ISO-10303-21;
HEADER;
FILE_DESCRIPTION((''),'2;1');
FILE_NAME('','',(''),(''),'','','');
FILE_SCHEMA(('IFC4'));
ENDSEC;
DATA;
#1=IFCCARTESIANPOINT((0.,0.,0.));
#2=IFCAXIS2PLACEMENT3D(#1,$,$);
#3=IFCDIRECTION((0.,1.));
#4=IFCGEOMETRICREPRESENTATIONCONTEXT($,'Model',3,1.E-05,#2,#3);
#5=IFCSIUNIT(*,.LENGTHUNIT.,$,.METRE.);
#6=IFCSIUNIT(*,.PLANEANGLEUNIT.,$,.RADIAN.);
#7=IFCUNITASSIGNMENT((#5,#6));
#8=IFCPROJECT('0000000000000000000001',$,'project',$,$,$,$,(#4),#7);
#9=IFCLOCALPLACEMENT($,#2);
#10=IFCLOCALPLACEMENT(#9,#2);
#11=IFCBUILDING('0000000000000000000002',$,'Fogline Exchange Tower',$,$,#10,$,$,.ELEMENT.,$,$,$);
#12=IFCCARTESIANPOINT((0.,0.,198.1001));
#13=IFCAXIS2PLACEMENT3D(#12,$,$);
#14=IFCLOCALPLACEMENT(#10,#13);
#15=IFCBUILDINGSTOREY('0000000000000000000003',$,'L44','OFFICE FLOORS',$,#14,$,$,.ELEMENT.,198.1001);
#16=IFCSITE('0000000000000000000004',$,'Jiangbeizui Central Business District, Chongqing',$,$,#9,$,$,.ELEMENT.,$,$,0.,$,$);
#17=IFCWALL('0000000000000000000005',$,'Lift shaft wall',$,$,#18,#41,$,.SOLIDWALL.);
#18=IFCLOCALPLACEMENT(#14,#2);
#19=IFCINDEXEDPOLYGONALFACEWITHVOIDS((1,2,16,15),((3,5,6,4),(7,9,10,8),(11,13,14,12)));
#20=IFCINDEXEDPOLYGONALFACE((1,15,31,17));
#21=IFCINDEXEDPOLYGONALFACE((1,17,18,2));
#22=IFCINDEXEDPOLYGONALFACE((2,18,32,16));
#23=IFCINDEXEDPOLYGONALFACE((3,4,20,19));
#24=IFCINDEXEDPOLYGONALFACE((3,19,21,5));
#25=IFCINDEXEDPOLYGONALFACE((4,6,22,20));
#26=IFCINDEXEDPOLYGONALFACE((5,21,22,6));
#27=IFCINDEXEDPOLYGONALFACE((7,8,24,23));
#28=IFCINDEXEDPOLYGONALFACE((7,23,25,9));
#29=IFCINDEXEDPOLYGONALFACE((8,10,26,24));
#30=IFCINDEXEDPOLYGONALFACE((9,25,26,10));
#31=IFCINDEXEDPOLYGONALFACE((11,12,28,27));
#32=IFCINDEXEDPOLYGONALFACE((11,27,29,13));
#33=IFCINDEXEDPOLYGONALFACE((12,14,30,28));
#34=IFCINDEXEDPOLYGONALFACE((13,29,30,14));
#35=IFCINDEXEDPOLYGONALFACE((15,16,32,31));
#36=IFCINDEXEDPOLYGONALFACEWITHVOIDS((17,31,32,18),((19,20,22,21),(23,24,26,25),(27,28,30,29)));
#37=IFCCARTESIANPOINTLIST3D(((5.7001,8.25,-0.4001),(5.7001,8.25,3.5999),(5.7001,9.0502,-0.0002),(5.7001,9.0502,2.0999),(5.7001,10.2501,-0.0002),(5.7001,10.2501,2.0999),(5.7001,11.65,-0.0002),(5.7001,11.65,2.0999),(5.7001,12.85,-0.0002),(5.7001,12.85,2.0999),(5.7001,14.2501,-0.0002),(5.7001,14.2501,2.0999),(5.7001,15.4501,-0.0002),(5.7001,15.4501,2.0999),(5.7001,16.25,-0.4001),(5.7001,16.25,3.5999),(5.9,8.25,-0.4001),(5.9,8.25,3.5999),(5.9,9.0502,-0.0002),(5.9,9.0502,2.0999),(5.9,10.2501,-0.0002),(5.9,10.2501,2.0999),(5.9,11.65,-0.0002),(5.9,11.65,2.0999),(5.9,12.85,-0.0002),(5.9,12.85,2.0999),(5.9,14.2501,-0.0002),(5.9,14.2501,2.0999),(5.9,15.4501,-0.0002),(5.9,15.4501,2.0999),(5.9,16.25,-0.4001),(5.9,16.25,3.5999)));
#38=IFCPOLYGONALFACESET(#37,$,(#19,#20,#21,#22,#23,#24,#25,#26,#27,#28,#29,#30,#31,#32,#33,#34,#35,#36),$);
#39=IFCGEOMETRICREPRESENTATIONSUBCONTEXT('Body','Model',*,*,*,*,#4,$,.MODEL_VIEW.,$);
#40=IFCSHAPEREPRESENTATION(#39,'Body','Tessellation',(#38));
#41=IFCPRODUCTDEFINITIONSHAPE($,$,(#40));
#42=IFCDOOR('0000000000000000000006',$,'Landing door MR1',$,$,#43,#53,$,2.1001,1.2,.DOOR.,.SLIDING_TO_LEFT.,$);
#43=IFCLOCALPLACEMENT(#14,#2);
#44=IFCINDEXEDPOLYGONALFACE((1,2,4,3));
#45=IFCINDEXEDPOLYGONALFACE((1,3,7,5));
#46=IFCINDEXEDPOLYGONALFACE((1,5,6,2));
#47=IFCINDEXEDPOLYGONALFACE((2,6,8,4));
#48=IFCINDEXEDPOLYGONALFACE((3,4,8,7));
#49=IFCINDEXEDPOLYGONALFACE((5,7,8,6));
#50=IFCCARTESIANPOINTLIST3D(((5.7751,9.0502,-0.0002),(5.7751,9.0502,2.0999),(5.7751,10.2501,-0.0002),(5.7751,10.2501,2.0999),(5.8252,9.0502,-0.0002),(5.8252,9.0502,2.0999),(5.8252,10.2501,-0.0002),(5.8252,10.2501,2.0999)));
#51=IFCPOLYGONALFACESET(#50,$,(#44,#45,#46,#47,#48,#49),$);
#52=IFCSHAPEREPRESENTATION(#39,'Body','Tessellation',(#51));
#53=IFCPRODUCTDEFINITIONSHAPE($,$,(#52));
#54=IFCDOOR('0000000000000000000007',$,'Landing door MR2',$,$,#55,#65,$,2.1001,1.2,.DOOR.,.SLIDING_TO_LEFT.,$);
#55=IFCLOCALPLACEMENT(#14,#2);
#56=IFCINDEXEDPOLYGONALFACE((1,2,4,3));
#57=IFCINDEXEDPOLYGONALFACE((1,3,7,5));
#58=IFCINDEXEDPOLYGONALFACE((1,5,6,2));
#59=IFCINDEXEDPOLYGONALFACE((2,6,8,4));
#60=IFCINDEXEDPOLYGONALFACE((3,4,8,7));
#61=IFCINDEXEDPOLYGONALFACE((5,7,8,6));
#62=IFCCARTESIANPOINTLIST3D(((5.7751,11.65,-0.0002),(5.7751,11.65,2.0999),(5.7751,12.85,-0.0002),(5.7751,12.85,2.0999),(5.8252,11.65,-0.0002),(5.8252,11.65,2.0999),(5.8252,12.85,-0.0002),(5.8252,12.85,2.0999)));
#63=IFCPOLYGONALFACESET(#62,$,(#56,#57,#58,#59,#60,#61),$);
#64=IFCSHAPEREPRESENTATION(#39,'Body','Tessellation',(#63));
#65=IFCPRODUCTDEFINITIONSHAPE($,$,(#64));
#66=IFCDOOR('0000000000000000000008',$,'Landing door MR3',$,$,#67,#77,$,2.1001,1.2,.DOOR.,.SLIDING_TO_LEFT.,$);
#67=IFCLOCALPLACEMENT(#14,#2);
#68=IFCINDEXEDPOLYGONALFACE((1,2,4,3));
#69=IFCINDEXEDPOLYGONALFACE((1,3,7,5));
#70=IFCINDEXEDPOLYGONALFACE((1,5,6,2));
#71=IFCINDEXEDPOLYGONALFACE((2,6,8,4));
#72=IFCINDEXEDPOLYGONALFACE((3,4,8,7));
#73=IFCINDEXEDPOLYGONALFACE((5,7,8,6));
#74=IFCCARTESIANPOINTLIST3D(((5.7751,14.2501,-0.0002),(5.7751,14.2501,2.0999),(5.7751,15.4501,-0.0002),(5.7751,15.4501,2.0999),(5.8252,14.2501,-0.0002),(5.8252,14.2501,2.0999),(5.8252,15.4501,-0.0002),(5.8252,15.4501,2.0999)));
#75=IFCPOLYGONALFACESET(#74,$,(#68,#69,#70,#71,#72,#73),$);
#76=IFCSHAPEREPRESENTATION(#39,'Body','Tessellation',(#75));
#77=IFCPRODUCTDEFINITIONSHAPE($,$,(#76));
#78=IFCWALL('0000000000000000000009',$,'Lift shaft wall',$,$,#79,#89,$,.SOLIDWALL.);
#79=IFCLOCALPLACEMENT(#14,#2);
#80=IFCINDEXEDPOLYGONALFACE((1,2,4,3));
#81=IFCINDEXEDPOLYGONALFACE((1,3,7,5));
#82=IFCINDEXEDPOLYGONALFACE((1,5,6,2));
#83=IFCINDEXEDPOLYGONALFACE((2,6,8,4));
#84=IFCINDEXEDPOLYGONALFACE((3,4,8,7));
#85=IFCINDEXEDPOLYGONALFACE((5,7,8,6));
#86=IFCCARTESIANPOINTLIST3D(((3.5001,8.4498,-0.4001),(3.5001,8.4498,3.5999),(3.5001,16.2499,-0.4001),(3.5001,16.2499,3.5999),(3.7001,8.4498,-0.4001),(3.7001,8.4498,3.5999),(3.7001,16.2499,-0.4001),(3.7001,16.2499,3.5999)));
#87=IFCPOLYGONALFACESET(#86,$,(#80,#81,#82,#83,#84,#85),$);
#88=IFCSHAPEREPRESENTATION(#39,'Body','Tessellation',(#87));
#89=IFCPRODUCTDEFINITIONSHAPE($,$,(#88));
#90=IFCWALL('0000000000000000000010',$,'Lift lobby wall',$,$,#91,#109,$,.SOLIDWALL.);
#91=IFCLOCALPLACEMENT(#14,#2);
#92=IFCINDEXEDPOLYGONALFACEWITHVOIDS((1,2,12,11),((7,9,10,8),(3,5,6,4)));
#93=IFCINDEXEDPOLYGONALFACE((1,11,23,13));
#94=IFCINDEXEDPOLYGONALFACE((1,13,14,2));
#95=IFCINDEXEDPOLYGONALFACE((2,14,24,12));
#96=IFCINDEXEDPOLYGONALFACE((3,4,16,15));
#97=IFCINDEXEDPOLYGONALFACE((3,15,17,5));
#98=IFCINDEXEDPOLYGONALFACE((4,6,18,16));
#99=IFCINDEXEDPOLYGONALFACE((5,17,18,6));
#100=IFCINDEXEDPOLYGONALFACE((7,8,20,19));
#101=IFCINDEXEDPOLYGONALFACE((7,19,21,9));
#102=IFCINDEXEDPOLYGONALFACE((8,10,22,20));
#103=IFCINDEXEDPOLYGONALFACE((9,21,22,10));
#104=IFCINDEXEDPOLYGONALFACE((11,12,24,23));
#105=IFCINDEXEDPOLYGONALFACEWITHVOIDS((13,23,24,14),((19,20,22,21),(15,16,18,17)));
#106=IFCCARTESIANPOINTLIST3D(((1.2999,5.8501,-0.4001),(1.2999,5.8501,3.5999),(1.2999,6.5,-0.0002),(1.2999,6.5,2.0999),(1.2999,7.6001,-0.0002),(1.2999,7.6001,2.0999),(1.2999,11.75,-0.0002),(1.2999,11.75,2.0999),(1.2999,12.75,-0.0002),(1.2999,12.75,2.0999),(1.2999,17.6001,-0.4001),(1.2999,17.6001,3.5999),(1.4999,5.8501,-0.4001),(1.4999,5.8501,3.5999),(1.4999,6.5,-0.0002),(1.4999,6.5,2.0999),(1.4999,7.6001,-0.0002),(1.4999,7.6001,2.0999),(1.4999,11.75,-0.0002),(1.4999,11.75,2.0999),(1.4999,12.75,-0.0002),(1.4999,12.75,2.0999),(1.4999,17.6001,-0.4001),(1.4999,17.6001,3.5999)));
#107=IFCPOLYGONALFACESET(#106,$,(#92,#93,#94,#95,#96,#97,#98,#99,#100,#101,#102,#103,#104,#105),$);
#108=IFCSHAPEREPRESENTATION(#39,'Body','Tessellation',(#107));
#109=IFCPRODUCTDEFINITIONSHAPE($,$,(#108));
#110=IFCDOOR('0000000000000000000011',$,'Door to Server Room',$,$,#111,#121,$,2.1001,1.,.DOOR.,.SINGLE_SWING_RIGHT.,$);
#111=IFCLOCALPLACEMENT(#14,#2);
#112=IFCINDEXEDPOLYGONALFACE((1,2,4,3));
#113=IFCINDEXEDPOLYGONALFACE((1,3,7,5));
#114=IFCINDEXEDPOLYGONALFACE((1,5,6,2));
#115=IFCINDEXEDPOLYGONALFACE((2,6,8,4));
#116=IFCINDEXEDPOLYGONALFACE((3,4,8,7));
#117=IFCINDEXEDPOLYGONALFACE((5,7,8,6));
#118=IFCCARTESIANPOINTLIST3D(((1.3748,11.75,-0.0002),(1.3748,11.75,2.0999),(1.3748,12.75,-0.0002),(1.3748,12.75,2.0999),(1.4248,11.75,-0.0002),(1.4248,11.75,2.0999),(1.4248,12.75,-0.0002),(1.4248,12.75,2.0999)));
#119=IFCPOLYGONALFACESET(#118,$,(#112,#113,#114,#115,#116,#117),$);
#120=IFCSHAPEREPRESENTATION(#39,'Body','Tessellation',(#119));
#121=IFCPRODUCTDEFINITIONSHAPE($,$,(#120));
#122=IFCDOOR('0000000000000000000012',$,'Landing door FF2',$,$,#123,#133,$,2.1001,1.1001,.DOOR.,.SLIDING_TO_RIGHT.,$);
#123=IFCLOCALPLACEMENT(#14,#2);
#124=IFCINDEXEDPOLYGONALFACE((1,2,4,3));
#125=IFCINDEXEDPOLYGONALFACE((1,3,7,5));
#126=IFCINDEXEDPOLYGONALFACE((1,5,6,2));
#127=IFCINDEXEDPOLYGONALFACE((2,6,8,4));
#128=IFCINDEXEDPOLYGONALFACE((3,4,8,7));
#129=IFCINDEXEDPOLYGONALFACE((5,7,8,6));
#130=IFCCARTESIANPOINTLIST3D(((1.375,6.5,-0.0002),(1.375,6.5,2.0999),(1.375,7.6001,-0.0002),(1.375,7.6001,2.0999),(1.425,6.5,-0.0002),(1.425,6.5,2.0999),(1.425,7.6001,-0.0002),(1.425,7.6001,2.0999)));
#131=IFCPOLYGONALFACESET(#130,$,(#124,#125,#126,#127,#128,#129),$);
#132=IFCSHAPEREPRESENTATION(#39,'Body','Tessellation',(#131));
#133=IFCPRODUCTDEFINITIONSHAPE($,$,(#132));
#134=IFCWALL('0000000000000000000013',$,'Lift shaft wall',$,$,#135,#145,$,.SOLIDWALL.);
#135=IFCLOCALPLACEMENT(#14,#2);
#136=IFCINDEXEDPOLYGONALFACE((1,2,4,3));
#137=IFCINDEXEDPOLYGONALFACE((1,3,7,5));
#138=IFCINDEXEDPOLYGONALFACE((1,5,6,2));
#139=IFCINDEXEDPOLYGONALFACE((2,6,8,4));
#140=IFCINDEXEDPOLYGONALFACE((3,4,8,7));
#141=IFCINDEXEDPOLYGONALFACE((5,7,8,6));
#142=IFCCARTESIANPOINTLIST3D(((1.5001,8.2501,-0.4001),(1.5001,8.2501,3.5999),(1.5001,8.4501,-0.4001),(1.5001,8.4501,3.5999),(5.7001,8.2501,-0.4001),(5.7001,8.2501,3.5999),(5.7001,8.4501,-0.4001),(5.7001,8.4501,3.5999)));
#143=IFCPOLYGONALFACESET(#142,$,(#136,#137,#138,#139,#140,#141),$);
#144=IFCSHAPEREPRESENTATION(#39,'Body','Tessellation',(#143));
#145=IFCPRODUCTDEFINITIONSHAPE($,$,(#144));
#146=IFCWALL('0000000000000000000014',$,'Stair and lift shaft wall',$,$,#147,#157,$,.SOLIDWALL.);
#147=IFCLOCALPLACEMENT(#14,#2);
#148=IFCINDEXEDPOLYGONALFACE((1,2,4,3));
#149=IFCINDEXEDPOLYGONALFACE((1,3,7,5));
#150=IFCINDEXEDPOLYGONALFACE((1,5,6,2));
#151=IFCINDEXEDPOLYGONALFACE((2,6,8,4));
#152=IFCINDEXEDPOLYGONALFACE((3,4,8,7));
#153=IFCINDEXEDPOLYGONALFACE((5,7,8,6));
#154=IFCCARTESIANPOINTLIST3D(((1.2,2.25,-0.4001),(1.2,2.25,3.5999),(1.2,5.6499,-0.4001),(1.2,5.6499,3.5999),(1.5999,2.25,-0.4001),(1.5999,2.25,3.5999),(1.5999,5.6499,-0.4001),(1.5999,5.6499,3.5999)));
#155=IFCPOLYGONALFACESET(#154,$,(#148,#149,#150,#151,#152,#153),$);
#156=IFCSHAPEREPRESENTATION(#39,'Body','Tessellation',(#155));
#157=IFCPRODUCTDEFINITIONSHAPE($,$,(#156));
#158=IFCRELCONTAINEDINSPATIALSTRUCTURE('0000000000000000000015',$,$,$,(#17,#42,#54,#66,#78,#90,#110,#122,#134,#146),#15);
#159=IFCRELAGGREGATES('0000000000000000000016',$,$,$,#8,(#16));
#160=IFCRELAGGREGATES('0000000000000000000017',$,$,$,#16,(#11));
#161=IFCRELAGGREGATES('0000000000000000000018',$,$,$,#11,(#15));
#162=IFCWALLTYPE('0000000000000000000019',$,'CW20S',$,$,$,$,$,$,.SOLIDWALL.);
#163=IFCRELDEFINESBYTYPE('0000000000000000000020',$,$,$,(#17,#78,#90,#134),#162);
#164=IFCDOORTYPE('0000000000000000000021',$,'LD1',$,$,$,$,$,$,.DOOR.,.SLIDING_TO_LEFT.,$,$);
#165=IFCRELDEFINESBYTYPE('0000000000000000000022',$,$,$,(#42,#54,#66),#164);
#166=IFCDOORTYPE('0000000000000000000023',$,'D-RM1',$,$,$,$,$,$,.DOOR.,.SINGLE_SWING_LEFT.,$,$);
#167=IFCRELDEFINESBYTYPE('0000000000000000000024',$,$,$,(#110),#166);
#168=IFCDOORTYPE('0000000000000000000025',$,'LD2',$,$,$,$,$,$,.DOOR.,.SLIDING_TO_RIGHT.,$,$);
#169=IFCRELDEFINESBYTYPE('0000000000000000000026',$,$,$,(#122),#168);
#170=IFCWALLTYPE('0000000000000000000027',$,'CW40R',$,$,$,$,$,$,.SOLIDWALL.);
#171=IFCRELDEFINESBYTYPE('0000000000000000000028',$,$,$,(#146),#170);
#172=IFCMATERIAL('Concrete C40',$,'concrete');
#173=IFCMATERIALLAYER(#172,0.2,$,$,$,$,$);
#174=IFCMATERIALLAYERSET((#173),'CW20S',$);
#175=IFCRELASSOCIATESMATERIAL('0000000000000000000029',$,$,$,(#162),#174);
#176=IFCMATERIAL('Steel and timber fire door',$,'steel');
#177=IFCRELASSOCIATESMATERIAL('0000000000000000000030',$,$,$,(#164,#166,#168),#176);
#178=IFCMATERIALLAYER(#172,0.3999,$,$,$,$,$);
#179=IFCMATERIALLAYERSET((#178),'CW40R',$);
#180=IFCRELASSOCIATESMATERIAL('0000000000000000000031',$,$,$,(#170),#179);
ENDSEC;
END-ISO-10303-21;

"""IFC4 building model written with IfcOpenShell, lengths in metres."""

from ifc_helpers import new_model, si_unit, direction, frame, frame_2d, origin, place, context, subcontext, project, spatial, rectangle, extrude, material, layer, layer_set, type_object, element, fill, save


model = new_model("IFC4")

# Units and contexts
model_context = context("Model", 3, precision=1e-05, world=origin(), true_north=direction((0.0, 1.0)))
body_context = subcontext(model_context, "Body", "Model", "MODEL_VIEW")
ifc_project = project(units=[si_unit("LENGTHUNIT", "METRE"), si_unit("PLANEANGLEUNIT", "RADIAN")], contexts=[model_context])

# Site, building, storey
site_placement = place(None, origin())
site = spatial("IfcSite", under=ifc_project, at=site_placement, Name="Jiangbeizui Central Business District, Chongqing", CompositionType="ELEMENT", RefElevation=0.0)
building_placement = place(site_placement, origin())
building = spatial("IfcBuilding", under=site, at=building_placement, Name="Fogline Exchange Tower", CompositionType="ELEMENT")
storey_placement = place(building_placement, frame((0.0, 0.0, 198.1001)))
storey = spatial("IfcBuildingStorey", under=building, at=storey_placement, Name="L44", Description="OFFICE FLOORS", CompositionType="ELEMENT", Elevation=198.1001)

# Shared definitions
ifc_material_1 = material(Name="Concrete C40", Category="concrete")

# Shared definitions
ifc_material_2 = material(Name="Steel and timber fire door", Category="steel")

# Wall, openings, doors
ifc_layer_1 = layer(ifc_material_1, 0.2)
ifc_layer_set_1 = layer_set([ifc_layer_1], Name="CW20S")
wall_type_1 = type_object("IfcWallType", Name="CW20S", PredefinedType="SOLIDWALL", material=ifc_layer_set_1)
wall_1_placement = place(storey_placement, frame((5.8, 8.25, -0.4001), z_axis=(0.0, 0.0, 1.0), x_axis=(0.0, 1.0, 0.0)))
wall_1 = element("IfcWall", 1, at=wall_1_placement, inside=storey, type_object=wall_type_1, Name="Lift shaft wall", PredefinedType="SOLIDWALL", context=body_context, shape_type="SweptSolid", body=[
    extrude(rectangle(XDim=8.0, YDim=0.2, at=frame_2d((4.0, 0.0))), origin(), (0.0, 0.0, 1.0), 4.0),
])
opening_1_placement = place(wall_1_placement, frame((0.8, 0.0, 0.3999)))
opening_1 = element("IfcOpeningElement", 2, at=opening_1_placement, cuts=wall_1, PredefinedType="OPENING", context=body_context, shape_type="SweptSolid", body=[
    extrude(rectangle(XDim=1.2, YDim=2.1001, at=frame_2d((0.6001, 1.05))), frame((0.0, 0.1099, 0.0), z_axis=(0.0, -1.0, 0.0), x_axis=(1.0, 0.0, 0.0)), (0.0, 0.0, 1.0), 0.22),
])
opening_2_placement = place(wall_1_placement, frame((3.3999, 0.0, 0.3999)))
opening_2 = element("IfcOpeningElement", 3, at=opening_2_placement, cuts=wall_1, PredefinedType="OPENING", context=body_context, shape_type="SweptSolid", body=[
    extrude(rectangle(XDim=1.2, YDim=2.1001, at=frame_2d((0.6001, 1.05))), frame((0.0, 0.1099, 0.0), z_axis=(0.0, -1.0, 0.0), x_axis=(1.0, 0.0, 0.0)), (0.0, 0.0, 1.0), 0.22),
])
opening_3_placement = place(wall_1_placement, frame((6.0, 0.0, 0.3999)))
opening_3 = element("IfcOpeningElement", 4, at=opening_3_placement, cuts=wall_1, PredefinedType="OPENING", context=body_context, shape_type="SweptSolid", body=[
    extrude(rectangle(XDim=1.2, YDim=2.1001, at=frame_2d((0.6001, 1.05))), frame((0.0, 0.1099, 0.0), z_axis=(0.0, -1.0, 0.0), x_axis=(1.0, 0.0, 0.0)), (0.0, 0.0, 1.0), 0.22),
])
door_type_1 = type_object("IfcDoorType", Name="LD1", OperationType="SLIDING_TO_LEFT", PredefinedType="DOOR", material=ifc_material_2)
door_1_placement = place(opening_1_placement, origin())
door_1 = element("IfcDoor", 5, at=door_1_placement, inside=storey, type_object=door_type_1, Name="Landing door MR1", OperationType="SLIDING_TO_LEFT", OverallHeight=2.1001, OverallWidth=1.2, PredefinedType="DOOR", context=body_context, shape_type="SweptSolid", body=[
    extrude(rectangle(XDim=1.2, YDim=2.1001, at=frame_2d((0.6001, 1.05))), frame((0.0, 0.0249, 0.0), z_axis=(0.0, -1.0, 0.0), x_axis=(1.0, 0.0, 0.0)), (0.0, 0.0, 1.0), 0.05),
])
fill(opening_1, door_1)
door_2_placement = place(opening_2_placement, origin())
door_2 = element("IfcDoor", 6, at=door_2_placement, inside=storey, type_object=door_type_1, Name="Landing door MR2", OperationType="SLIDING_TO_LEFT", OverallHeight=2.1001, OverallWidth=1.2, PredefinedType="DOOR", context=body_context, shape_type="SweptSolid", body=[
    extrude(rectangle(XDim=1.2, YDim=2.1001, at=frame_2d((0.6001, 1.05))), frame((0.0, 0.0249, 0.0), z_axis=(0.0, -1.0, 0.0), x_axis=(1.0, 0.0, 0.0)), (0.0, 0.0, 1.0), 0.05),
])
fill(opening_2, door_2)
door_3_placement = place(opening_3_placement, origin())
door_3 = element("IfcDoor", 7, at=door_3_placement, inside=storey, type_object=door_type_1, Name="Landing door MR3", OperationType="SLIDING_TO_LEFT", OverallHeight=2.1001, OverallWidth=1.2, PredefinedType="DOOR", context=body_context, shape_type="SweptSolid", body=[
    extrude(rectangle(XDim=1.2, YDim=2.1001, at=frame_2d((0.6001, 1.05))), frame((0.0, 0.0249, 0.0), z_axis=(0.0, -1.0, 0.0), x_axis=(1.0, 0.0, 0.0)), (0.0, 0.0, 1.0), 0.05),
])
fill(opening_3, door_3)

# Wall
wall_2_placement = place(storey_placement, frame((3.6001, 8.45, -0.4001), z_axis=(0.0, 0.0, 1.0), x_axis=(0.0, 1.0, 0.0)))
element("IfcWall", 8, at=wall_2_placement, inside=storey, type_object=wall_type_1, Name="Lift shaft wall", PredefinedType="SOLIDWALL", context=body_context, shape_type="SweptSolid", body=[
    extrude(rectangle(XDim=7.8, YDim=0.2, at=frame_2d((3.8999, 0.0))), origin(), (0.0, 0.0, 1.0), 4.0),
])

# Wall, openings, doors
wall_3_placement = place(storey_placement, frame((1.3999, 5.8501, -0.4001), z_axis=(0.0, 0.0, 1.0), x_axis=(0.0, 1.0, 0.0)))
wall_3 = element("IfcWall", 9, at=wall_3_placement, inside=storey, type_object=wall_type_1, Name="Lift lobby wall", PredefinedType="SOLIDWALL", context=body_context, shape_type="SweptSolid", body=[
    extrude(rectangle(XDim=11.75, YDim=0.2, at=frame_2d((5.875, 0.0))), origin(), (0.0, 0.0, 1.0), 4.0),
])
opening_4_placement = place(wall_3_placement, frame((0.6499, 0.0, 0.3999)))
opening_4 = element("IfcOpeningElement", 10, at=opening_4_placement, cuts=wall_3, PredefinedType="OPENING", context=body_context, shape_type="SweptSolid", body=[
    extrude(rectangle(XDim=1.1001, YDim=2.1001, at=frame_2d((0.55, 1.05))), frame((0.0, 0.1099, 0.0), z_axis=(0.0, -1.0, 0.0), x_axis=(1.0, 0.0, 0.0)), (0.0, 0.0, 1.0), 0.22),
])
opening_5_placement = place(wall_3_placement, frame((5.8999, 0.0, 0.3999)))
opening_5 = element("IfcOpeningElement", 11, at=opening_5_placement, cuts=wall_3, PredefinedType="OPENING", context=body_context, shape_type="SweptSolid", body=[
    extrude(rectangle(XDim=1.0, YDim=2.1001, at=frame_2d((0.5, 1.05))), frame((0.0, 0.1099, 0.0), z_axis=(0.0, -1.0, 0.0), x_axis=(1.0, 0.0, 0.0)), (0.0, 0.0, 1.0), 0.22),
])
door_type_2 = type_object("IfcDoorType", Name="D-RM1", OperationType="SINGLE_SWING_LEFT", PredefinedType="DOOR", material=ifc_material_2)
door_4_placement = place(opening_5_placement, frame((1.0, 0.0, 0.0), z_axis=(0.0, 0.0, 1.0), x_axis=(-1.0, 0.0, 0.0)))
door_4 = element("IfcDoor", 12, at=door_4_placement, inside=storey, type_object=door_type_2, Name="Door to Server Room", OperationType="SINGLE_SWING_RIGHT", OverallHeight=2.1001, OverallWidth=1.0, PredefinedType="DOOR", context=body_context, shape_type="SweptSolid", body=[
    extrude(rectangle(XDim=1.0, YDim=2.1001, at=frame_2d((0.5, 1.05))), frame((0.0, 0.0249, 0.0), z_axis=(0.0, -1.0, 0.0), x_axis=(1.0, 0.0, 0.0)), (0.0, 0.0, 1.0), 0.05),
])
fill(opening_5, door_4)
door_type_3 = type_object("IfcDoorType", Name="LD2", OperationType="SLIDING_TO_RIGHT", PredefinedType="DOOR", material=ifc_material_2)
door_5_placement = place(opening_4_placement, origin())
door_5 = element("IfcDoor", 13, at=door_5_placement, inside=storey, type_object=door_type_3, Name="Landing door FF2", OperationType="SLIDING_TO_RIGHT", OverallHeight=2.1001, OverallWidth=1.1001, PredefinedType="DOOR", context=body_context, shape_type="SweptSolid", body=[
    extrude(rectangle(XDim=1.1001, YDim=2.1001, at=frame_2d((0.55, 1.05))), frame((0.0, 0.0249, 0.0), z_axis=(0.0, -1.0, 0.0), x_axis=(1.0, 0.0, 0.0)), (0.0, 0.0, 1.0), 0.05),
])
fill(opening_4, door_5)

# Walls
wall_4_placement = place(storey_placement, frame((1.5, 8.3501, -0.4001), z_axis=(0.0, 0.0, 1.0), x_axis=(1.0, 0.0, 0.0)))
element("IfcWall", 14, at=wall_4_placement, inside=storey, type_object=wall_type_1, Name="Lift shaft wall", PredefinedType="SOLIDWALL", context=body_context, shape_type="SweptSolid", body=[
    extrude(rectangle(XDim=4.2, YDim=0.2, at=frame_2d((2.1001, 0.0))), origin(), (0.0, 0.0, 1.0), 4.0),
])
ifc_layer_2 = layer(ifc_material_1, 0.3999)
ifc_layer_set_2 = layer_set([ifc_layer_2], Name="CW40R")
wall_type_2 = type_object("IfcWallType", Name="CW40R", PredefinedType="SOLIDWALL", material=ifc_layer_set_2)
wall_5_placement = place(storey_placement, frame((1.3999, 2.25, -0.4001), z_axis=(0.0, 0.0, 1.0), x_axis=(0.0, 1.0, 0.0)))
element("IfcWall", 15, at=wall_5_placement, inside=storey, type_object=wall_type_2, Name="Stair and lift shaft wall", PredefinedType="SOLIDWALL", context=body_context, shape_type="SweptSolid", body=[
    extrude(rectangle(XDim=3.3999, YDim=0.3999, at=frame_2d((1.7, 0.0))), origin(), (0.0, 0.0, 1.0), 4.0),
])

save(model, "model.ifc")
